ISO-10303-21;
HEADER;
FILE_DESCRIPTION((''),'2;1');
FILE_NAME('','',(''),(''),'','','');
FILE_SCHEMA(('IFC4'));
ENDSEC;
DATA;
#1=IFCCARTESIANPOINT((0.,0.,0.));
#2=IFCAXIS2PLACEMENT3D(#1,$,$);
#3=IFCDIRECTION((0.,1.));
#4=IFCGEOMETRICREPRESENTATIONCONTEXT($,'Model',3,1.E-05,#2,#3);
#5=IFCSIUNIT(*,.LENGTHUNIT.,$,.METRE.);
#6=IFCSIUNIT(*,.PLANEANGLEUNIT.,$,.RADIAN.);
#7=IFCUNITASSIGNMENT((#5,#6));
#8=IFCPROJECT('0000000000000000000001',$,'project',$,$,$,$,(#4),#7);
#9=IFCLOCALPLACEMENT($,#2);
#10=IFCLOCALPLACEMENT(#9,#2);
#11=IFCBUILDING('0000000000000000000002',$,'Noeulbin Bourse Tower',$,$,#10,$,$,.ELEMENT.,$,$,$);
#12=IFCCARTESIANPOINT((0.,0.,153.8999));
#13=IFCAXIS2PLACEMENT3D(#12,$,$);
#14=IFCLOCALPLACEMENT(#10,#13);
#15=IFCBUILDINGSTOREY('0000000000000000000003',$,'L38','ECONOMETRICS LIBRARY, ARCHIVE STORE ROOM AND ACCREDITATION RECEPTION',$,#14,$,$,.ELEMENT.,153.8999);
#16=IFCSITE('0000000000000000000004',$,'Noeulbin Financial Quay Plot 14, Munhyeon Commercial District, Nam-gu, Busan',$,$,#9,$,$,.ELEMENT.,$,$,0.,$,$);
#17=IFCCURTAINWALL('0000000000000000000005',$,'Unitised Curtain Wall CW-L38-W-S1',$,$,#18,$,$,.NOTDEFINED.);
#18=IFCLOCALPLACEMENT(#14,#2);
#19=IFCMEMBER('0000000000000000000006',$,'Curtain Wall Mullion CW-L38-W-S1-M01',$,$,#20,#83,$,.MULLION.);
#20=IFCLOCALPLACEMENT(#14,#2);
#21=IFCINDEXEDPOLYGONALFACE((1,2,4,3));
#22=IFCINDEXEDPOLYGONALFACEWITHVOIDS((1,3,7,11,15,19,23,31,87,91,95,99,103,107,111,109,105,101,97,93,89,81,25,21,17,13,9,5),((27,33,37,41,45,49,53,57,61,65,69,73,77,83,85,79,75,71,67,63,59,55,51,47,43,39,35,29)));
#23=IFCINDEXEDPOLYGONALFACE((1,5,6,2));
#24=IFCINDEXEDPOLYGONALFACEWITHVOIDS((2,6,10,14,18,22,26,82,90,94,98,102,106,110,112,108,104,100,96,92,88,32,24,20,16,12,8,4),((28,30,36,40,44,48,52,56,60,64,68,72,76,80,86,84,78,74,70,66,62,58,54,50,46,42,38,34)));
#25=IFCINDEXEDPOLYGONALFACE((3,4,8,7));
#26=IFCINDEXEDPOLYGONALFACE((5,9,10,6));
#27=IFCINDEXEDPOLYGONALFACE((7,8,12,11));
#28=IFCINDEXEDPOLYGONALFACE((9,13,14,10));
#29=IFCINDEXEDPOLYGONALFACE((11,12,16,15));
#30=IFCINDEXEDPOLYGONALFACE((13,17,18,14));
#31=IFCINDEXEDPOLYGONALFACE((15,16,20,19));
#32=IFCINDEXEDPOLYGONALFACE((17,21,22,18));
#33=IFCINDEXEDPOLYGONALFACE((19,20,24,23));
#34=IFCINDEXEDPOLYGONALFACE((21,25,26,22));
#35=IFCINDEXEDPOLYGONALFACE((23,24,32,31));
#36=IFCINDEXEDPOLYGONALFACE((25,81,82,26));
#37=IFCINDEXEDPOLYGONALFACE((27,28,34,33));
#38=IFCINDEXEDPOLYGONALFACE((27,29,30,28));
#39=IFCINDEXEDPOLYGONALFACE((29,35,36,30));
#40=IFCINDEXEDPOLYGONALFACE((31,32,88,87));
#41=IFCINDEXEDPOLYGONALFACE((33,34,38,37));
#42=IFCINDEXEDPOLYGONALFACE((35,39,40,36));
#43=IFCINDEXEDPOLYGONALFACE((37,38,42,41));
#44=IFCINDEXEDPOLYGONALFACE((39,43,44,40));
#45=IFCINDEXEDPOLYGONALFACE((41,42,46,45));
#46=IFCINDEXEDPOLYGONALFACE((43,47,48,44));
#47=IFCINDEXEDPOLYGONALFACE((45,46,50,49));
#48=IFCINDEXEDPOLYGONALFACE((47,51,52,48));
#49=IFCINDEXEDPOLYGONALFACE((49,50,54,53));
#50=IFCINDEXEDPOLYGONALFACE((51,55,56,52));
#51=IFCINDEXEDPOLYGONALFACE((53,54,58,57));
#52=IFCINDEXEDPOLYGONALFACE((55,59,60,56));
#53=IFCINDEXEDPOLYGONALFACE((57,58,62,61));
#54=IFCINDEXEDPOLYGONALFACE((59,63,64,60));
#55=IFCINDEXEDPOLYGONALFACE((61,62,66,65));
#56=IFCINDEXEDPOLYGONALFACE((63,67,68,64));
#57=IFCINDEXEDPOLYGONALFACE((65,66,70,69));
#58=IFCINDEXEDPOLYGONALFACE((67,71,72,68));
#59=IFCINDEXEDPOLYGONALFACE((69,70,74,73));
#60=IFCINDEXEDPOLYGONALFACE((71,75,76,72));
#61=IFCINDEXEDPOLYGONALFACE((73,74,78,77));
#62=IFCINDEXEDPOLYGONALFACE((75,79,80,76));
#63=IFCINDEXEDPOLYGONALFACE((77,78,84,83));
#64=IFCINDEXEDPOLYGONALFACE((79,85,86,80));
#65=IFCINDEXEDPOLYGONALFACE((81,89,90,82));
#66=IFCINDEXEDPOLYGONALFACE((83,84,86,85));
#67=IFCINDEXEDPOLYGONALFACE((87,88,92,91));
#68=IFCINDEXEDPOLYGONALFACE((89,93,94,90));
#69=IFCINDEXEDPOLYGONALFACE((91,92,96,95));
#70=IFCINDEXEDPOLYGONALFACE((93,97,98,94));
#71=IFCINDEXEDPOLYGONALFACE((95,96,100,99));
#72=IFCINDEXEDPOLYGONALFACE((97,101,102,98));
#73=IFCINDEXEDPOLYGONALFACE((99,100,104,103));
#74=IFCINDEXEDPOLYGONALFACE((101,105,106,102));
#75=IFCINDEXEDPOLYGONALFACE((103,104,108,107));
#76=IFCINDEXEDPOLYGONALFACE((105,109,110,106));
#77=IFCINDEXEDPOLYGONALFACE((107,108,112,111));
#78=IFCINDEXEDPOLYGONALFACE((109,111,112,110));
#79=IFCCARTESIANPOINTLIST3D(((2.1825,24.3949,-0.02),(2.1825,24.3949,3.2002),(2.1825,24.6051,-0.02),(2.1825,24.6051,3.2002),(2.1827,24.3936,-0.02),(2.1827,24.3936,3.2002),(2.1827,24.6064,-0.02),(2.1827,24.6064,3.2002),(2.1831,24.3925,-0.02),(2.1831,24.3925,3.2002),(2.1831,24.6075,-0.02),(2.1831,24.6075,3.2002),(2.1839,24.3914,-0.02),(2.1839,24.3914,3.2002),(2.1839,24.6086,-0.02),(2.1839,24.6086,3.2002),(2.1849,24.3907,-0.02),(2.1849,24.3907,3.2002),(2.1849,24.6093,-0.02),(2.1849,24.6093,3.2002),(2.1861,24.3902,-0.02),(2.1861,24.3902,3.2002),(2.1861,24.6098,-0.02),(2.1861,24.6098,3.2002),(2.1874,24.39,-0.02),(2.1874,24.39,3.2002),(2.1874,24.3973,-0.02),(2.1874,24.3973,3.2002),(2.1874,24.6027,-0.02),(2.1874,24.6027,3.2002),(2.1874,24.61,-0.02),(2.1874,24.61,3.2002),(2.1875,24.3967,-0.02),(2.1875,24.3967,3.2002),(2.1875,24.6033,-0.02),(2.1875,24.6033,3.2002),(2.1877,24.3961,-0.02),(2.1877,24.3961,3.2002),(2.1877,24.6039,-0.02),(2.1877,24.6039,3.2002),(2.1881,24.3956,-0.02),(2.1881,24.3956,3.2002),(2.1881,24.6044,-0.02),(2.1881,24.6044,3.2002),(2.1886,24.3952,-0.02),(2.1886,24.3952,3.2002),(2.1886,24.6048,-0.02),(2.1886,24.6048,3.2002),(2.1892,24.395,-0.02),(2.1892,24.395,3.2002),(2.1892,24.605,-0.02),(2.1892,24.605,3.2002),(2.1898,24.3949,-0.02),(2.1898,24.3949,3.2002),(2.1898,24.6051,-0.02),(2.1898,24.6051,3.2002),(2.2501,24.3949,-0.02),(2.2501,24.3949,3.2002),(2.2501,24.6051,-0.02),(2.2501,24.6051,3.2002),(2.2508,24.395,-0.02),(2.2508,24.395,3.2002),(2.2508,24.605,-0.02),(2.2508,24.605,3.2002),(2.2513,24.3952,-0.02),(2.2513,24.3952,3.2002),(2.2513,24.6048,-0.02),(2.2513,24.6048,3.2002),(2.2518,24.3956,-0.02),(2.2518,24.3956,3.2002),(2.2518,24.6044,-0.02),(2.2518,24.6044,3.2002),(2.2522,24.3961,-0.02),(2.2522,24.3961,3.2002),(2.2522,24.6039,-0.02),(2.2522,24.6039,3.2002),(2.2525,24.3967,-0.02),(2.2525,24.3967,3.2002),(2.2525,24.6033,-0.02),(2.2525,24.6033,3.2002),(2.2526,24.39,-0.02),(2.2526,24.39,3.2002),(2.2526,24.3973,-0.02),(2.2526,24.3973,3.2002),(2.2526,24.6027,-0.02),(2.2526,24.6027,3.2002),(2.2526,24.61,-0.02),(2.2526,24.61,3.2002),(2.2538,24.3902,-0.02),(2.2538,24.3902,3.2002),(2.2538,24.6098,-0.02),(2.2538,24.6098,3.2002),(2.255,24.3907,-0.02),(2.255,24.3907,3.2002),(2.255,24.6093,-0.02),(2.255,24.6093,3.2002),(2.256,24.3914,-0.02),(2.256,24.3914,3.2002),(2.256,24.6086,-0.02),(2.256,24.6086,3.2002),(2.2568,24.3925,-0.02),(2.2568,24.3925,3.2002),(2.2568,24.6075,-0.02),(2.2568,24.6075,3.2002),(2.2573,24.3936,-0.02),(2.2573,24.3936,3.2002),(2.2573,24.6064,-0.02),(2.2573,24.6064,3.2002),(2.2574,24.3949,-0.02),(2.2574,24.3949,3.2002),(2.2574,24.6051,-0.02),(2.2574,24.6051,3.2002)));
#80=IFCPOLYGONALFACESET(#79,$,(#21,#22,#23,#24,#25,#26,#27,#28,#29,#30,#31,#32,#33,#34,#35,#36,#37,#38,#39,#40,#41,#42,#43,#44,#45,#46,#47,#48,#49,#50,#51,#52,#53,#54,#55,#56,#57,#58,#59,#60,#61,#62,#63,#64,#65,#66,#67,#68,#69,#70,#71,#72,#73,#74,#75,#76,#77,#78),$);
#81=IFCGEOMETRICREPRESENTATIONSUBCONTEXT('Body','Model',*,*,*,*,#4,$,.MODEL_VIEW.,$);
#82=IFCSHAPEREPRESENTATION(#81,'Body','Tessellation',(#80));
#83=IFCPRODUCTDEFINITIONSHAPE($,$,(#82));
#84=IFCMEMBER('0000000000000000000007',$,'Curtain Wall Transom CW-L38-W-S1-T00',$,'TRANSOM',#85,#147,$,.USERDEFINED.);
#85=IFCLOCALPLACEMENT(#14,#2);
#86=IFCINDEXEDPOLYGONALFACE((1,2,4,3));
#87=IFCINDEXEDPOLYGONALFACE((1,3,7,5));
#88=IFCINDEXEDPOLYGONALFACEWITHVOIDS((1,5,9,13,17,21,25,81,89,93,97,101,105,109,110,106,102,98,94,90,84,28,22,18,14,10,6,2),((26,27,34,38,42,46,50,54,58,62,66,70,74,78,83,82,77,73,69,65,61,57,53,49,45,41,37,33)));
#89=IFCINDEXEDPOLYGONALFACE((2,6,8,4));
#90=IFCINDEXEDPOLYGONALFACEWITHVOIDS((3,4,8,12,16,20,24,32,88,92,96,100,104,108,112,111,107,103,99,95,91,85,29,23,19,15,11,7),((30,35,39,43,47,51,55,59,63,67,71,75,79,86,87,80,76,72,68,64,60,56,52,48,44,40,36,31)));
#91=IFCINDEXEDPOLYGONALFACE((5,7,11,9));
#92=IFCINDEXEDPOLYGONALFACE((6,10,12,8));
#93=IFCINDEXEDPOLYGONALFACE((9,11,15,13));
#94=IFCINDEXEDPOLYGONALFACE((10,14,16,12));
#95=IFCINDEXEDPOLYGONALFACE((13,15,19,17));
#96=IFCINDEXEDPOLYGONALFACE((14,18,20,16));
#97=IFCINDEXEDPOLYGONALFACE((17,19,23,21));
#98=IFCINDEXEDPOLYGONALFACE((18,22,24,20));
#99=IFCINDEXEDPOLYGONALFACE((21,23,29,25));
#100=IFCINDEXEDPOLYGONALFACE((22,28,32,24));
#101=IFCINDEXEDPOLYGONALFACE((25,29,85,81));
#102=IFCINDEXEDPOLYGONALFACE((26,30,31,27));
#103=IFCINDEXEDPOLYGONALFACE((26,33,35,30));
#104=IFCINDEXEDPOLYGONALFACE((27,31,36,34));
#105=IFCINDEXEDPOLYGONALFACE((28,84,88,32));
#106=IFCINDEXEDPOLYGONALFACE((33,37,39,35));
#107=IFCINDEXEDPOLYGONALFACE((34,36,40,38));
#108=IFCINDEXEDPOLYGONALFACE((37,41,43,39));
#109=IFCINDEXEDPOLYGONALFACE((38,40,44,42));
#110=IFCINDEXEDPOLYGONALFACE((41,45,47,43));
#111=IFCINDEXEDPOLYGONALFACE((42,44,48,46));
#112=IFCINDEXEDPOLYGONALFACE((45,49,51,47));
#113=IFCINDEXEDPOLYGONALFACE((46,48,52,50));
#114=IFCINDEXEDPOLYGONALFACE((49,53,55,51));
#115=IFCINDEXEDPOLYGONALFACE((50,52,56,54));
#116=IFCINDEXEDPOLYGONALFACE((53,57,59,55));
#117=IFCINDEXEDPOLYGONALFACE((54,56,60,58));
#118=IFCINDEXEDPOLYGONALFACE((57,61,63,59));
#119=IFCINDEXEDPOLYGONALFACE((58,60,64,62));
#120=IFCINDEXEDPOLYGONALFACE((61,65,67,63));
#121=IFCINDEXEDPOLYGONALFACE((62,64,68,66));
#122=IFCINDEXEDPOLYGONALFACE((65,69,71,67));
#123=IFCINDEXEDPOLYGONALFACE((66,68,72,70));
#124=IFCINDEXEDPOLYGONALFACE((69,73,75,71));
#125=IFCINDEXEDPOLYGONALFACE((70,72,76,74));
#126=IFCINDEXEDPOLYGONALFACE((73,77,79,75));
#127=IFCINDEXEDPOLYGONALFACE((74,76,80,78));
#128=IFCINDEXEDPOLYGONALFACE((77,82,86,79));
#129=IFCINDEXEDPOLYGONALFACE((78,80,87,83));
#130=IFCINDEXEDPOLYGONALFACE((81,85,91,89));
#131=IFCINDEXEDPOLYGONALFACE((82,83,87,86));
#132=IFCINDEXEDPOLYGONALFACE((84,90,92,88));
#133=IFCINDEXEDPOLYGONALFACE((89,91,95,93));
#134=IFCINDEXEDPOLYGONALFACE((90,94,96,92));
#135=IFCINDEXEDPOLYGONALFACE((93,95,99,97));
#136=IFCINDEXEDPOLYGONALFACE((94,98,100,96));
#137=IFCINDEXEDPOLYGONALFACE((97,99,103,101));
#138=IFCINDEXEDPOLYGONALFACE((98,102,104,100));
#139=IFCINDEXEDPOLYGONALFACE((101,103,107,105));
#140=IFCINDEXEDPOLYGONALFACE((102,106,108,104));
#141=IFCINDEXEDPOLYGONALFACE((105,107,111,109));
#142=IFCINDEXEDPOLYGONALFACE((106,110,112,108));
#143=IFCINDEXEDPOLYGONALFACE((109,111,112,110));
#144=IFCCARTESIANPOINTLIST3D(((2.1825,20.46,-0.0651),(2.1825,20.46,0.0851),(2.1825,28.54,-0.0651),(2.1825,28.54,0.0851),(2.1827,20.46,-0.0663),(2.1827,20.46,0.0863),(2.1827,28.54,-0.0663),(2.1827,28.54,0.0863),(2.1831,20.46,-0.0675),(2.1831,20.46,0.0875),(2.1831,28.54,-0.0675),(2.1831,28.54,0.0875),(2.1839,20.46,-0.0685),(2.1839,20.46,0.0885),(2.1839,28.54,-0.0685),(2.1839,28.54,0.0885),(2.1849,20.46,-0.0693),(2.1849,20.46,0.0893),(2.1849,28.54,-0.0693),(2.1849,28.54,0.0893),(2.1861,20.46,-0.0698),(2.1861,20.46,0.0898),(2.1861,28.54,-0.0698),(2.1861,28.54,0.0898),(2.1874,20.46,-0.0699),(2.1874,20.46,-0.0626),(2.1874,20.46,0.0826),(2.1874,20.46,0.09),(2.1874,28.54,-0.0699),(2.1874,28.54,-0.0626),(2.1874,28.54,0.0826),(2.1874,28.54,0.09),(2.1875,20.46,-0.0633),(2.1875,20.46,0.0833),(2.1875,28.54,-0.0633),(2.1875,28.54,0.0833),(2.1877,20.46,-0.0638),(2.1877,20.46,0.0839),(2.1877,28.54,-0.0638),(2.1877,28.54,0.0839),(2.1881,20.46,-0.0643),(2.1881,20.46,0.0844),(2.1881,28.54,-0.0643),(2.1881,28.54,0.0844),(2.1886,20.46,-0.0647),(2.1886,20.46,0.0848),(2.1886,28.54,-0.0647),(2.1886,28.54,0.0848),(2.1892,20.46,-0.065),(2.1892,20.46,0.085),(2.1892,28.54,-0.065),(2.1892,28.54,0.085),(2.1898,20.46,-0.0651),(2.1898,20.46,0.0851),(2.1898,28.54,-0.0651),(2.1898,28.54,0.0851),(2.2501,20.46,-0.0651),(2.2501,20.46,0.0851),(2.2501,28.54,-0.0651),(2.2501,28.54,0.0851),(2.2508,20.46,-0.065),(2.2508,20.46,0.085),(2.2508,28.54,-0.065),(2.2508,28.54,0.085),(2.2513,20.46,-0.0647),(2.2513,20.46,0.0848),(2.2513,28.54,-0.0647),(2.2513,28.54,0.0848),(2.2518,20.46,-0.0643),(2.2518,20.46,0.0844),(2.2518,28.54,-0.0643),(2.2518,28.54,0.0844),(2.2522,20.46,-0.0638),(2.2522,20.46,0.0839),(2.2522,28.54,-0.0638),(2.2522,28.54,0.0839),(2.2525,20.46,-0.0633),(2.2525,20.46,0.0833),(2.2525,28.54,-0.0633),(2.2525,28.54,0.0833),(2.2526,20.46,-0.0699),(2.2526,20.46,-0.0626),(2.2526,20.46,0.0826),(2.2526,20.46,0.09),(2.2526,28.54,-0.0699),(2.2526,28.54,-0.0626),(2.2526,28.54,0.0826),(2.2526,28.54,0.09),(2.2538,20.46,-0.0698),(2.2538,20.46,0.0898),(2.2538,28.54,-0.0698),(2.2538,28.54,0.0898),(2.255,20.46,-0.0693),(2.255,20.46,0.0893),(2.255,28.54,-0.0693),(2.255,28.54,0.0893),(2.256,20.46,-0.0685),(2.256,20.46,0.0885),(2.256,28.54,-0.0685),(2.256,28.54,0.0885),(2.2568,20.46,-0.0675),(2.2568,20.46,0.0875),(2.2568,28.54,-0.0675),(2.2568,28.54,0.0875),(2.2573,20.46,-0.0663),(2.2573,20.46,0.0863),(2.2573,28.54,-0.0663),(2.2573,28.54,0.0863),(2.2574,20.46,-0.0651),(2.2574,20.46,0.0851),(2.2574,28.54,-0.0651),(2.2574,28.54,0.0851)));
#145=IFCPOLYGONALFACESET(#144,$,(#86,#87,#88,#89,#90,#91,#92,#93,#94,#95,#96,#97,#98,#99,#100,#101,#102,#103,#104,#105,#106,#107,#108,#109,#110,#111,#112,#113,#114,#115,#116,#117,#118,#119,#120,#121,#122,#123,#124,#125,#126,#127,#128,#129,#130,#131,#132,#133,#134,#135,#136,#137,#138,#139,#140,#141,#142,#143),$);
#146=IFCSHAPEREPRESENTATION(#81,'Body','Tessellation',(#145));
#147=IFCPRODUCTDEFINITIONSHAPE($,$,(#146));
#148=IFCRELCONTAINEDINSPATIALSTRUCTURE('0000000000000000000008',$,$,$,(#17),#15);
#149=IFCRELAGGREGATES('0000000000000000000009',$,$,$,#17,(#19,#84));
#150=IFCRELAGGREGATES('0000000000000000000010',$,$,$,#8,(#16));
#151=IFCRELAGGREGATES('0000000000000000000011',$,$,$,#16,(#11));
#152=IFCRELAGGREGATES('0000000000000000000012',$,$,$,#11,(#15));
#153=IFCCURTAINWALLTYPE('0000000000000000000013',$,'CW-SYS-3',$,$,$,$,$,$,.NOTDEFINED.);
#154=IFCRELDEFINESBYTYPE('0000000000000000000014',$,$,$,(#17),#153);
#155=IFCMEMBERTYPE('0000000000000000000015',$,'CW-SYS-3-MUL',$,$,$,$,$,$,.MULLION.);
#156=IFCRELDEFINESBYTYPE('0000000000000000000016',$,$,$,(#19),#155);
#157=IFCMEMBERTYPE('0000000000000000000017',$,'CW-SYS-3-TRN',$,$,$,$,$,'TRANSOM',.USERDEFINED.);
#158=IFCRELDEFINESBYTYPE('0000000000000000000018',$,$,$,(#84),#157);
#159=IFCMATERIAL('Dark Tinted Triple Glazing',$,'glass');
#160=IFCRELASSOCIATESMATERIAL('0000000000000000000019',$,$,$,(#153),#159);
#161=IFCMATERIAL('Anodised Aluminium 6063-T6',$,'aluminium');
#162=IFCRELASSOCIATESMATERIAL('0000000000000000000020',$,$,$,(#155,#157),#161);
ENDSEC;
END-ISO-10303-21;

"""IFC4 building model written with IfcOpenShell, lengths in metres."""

from ifc_helpers import new_model, si_unit, direction, frame, origin, origin_2d, place, context, subcontext, project, spatial, hollow_rectangle, extrude, material, material_profile, profile_set, type_object, element, aggregate, save


model = new_model("IFC4")

# Units and contexts
model_context = context("Model", 3, precision=1e-05, world=origin(), true_north=direction((0.0, 1.0)))
body_context = subcontext(model_context, "Body", "Model", "MODEL_VIEW")
ifc_project = project(units=[si_unit("LENGTHUNIT", "METRE"), si_unit("PLANEANGLEUNIT", "RADIAN")], contexts=[model_context])

# Site, building, storey
site_placement = place(None, origin())
site = spatial("IfcSite", under=ifc_project, at=site_placement, Name="Noeulbin Financial Quay Plot 14, Munhyeon Commercial District, Nam-gu, Busan", CompositionType="ELEMENT", RefElevation=0.0)
building_placement = place(site_placement, origin())
building = spatial("IfcBuilding", under=site, at=building_placement, Name="Noeulbin Bourse Tower", CompositionType="ELEMENT")
storey_placement = place(building_placement, frame((0.0, 0.0, 153.8999)))
storey = spatial("IfcBuildingStorey", under=building, at=storey_placement, Name="L38", Description="ECONOMETRICS LIBRARY, ARCHIVE STORE ROOM AND ACCREDITATION RECEPTION", CompositionType="ELEMENT", Elevation=153.8999)

# Curtain wall, members
ifc_material_1 = material(Name="Dark Tinted Triple Glazing", Category="glass")
curtain_wall_type = type_object("IfcCurtainWallType", Name="CW-SYS-3", PredefinedType="NOTDEFINED", material=ifc_material_1)
curtain_wall_placement = place(storey_placement, origin())
curtain_wall = element("IfcCurtainWall", 1, at=curtain_wall_placement, inside=storey, type_object=curtain_wall_type, Name="Unitised Curtain Wall CW-L38-W-S1", PredefinedType="NOTDEFINED")
ifc_material_2 = material(Name="Anodised Aluminium 6063-T6", Category="aluminium")
ifc_material_profile_1 = material_profile(ifc_material_2, hollow_rectangle(XDim=0.075, YDim=0.22, WallThickness=0.0049, InnerFilletRadius=0.0024, OuterFilletRadius=0.0049, at=origin_2d()), Name="ALU-MULL-75x220x5", Category="LoadBearing")
ifc_profile_set_1 = profile_set([ifc_material_profile_1], Name="Anodised Aluminium 6063-T6")
member_type_1 = type_object("IfcMemberType", Name="CW-SYS-3-MUL", PredefinedType="MULLION", material=ifc_profile_set_1)
member_1_placement = place(storey_placement, frame((2.22, 24.5, -0.02), z_axis=(0.0, 0.0, 1.0), x_axis=(1.0, 0.0, 0.0)))
member_1 = element("IfcMember", 2, at=member_1_placement, type_object=member_type_1, Name="Curtain Wall Mullion CW-L38-W-S1-M01", PredefinedType="MULLION", context=body_context, shape_type="SweptSolid", body=[
    extrude(hollow_rectangle(XDim=0.075, YDim=0.22, WallThickness=0.0049, InnerFilletRadius=0.0024, OuterFilletRadius=0.0049, at=origin_2d()), origin(), (0.0, 0.0, 1.0), 3.2202),
])
ifc_material_profile_2 = material_profile(ifc_material_2, hollow_rectangle(XDim=0.075, YDim=0.1599, WallThickness=0.0049, InnerFilletRadius=0.0024, OuterFilletRadius=0.0049, at=origin_2d()), Name="ALU-TRAN-75x160x5", Category="LoadBearing")
ifc_profile_set_2 = profile_set([ifc_material_profile_2], Name="Anodised Aluminium 6063-T6")
member_type_2 = type_object("IfcMemberType", Name="CW-SYS-3-TRN", ElementType="TRANSOM", PredefinedType="USERDEFINED", material=ifc_profile_set_2)
member_2_placement = place(storey_placement, frame((2.22, 20.46, 0.01), z_axis=(0.0, 1.0, 0.0), x_axis=(-1.0, 0.0, 0.0)))
member_2 = element("IfcMember", 3, at=member_2_placement, type_object=member_type_2, Name="Curtain Wall Transom CW-L38-W-S1-T00", ObjectType="TRANSOM", PredefinedType="USERDEFINED", context=body_context, shape_type="SweptSolid", body=[
    extrude(hollow_rectangle(XDim=0.075, YDim=0.1599, WallThickness=0.0049, InnerFilletRadius=0.0024, OuterFilletRadius=0.0049, at=origin_2d()), origin(), (0.0, 0.0, 1.0), 8.0801),
])
aggregate(curtain_wall, [member_1, member_2])

save(model, "model.ifc")
